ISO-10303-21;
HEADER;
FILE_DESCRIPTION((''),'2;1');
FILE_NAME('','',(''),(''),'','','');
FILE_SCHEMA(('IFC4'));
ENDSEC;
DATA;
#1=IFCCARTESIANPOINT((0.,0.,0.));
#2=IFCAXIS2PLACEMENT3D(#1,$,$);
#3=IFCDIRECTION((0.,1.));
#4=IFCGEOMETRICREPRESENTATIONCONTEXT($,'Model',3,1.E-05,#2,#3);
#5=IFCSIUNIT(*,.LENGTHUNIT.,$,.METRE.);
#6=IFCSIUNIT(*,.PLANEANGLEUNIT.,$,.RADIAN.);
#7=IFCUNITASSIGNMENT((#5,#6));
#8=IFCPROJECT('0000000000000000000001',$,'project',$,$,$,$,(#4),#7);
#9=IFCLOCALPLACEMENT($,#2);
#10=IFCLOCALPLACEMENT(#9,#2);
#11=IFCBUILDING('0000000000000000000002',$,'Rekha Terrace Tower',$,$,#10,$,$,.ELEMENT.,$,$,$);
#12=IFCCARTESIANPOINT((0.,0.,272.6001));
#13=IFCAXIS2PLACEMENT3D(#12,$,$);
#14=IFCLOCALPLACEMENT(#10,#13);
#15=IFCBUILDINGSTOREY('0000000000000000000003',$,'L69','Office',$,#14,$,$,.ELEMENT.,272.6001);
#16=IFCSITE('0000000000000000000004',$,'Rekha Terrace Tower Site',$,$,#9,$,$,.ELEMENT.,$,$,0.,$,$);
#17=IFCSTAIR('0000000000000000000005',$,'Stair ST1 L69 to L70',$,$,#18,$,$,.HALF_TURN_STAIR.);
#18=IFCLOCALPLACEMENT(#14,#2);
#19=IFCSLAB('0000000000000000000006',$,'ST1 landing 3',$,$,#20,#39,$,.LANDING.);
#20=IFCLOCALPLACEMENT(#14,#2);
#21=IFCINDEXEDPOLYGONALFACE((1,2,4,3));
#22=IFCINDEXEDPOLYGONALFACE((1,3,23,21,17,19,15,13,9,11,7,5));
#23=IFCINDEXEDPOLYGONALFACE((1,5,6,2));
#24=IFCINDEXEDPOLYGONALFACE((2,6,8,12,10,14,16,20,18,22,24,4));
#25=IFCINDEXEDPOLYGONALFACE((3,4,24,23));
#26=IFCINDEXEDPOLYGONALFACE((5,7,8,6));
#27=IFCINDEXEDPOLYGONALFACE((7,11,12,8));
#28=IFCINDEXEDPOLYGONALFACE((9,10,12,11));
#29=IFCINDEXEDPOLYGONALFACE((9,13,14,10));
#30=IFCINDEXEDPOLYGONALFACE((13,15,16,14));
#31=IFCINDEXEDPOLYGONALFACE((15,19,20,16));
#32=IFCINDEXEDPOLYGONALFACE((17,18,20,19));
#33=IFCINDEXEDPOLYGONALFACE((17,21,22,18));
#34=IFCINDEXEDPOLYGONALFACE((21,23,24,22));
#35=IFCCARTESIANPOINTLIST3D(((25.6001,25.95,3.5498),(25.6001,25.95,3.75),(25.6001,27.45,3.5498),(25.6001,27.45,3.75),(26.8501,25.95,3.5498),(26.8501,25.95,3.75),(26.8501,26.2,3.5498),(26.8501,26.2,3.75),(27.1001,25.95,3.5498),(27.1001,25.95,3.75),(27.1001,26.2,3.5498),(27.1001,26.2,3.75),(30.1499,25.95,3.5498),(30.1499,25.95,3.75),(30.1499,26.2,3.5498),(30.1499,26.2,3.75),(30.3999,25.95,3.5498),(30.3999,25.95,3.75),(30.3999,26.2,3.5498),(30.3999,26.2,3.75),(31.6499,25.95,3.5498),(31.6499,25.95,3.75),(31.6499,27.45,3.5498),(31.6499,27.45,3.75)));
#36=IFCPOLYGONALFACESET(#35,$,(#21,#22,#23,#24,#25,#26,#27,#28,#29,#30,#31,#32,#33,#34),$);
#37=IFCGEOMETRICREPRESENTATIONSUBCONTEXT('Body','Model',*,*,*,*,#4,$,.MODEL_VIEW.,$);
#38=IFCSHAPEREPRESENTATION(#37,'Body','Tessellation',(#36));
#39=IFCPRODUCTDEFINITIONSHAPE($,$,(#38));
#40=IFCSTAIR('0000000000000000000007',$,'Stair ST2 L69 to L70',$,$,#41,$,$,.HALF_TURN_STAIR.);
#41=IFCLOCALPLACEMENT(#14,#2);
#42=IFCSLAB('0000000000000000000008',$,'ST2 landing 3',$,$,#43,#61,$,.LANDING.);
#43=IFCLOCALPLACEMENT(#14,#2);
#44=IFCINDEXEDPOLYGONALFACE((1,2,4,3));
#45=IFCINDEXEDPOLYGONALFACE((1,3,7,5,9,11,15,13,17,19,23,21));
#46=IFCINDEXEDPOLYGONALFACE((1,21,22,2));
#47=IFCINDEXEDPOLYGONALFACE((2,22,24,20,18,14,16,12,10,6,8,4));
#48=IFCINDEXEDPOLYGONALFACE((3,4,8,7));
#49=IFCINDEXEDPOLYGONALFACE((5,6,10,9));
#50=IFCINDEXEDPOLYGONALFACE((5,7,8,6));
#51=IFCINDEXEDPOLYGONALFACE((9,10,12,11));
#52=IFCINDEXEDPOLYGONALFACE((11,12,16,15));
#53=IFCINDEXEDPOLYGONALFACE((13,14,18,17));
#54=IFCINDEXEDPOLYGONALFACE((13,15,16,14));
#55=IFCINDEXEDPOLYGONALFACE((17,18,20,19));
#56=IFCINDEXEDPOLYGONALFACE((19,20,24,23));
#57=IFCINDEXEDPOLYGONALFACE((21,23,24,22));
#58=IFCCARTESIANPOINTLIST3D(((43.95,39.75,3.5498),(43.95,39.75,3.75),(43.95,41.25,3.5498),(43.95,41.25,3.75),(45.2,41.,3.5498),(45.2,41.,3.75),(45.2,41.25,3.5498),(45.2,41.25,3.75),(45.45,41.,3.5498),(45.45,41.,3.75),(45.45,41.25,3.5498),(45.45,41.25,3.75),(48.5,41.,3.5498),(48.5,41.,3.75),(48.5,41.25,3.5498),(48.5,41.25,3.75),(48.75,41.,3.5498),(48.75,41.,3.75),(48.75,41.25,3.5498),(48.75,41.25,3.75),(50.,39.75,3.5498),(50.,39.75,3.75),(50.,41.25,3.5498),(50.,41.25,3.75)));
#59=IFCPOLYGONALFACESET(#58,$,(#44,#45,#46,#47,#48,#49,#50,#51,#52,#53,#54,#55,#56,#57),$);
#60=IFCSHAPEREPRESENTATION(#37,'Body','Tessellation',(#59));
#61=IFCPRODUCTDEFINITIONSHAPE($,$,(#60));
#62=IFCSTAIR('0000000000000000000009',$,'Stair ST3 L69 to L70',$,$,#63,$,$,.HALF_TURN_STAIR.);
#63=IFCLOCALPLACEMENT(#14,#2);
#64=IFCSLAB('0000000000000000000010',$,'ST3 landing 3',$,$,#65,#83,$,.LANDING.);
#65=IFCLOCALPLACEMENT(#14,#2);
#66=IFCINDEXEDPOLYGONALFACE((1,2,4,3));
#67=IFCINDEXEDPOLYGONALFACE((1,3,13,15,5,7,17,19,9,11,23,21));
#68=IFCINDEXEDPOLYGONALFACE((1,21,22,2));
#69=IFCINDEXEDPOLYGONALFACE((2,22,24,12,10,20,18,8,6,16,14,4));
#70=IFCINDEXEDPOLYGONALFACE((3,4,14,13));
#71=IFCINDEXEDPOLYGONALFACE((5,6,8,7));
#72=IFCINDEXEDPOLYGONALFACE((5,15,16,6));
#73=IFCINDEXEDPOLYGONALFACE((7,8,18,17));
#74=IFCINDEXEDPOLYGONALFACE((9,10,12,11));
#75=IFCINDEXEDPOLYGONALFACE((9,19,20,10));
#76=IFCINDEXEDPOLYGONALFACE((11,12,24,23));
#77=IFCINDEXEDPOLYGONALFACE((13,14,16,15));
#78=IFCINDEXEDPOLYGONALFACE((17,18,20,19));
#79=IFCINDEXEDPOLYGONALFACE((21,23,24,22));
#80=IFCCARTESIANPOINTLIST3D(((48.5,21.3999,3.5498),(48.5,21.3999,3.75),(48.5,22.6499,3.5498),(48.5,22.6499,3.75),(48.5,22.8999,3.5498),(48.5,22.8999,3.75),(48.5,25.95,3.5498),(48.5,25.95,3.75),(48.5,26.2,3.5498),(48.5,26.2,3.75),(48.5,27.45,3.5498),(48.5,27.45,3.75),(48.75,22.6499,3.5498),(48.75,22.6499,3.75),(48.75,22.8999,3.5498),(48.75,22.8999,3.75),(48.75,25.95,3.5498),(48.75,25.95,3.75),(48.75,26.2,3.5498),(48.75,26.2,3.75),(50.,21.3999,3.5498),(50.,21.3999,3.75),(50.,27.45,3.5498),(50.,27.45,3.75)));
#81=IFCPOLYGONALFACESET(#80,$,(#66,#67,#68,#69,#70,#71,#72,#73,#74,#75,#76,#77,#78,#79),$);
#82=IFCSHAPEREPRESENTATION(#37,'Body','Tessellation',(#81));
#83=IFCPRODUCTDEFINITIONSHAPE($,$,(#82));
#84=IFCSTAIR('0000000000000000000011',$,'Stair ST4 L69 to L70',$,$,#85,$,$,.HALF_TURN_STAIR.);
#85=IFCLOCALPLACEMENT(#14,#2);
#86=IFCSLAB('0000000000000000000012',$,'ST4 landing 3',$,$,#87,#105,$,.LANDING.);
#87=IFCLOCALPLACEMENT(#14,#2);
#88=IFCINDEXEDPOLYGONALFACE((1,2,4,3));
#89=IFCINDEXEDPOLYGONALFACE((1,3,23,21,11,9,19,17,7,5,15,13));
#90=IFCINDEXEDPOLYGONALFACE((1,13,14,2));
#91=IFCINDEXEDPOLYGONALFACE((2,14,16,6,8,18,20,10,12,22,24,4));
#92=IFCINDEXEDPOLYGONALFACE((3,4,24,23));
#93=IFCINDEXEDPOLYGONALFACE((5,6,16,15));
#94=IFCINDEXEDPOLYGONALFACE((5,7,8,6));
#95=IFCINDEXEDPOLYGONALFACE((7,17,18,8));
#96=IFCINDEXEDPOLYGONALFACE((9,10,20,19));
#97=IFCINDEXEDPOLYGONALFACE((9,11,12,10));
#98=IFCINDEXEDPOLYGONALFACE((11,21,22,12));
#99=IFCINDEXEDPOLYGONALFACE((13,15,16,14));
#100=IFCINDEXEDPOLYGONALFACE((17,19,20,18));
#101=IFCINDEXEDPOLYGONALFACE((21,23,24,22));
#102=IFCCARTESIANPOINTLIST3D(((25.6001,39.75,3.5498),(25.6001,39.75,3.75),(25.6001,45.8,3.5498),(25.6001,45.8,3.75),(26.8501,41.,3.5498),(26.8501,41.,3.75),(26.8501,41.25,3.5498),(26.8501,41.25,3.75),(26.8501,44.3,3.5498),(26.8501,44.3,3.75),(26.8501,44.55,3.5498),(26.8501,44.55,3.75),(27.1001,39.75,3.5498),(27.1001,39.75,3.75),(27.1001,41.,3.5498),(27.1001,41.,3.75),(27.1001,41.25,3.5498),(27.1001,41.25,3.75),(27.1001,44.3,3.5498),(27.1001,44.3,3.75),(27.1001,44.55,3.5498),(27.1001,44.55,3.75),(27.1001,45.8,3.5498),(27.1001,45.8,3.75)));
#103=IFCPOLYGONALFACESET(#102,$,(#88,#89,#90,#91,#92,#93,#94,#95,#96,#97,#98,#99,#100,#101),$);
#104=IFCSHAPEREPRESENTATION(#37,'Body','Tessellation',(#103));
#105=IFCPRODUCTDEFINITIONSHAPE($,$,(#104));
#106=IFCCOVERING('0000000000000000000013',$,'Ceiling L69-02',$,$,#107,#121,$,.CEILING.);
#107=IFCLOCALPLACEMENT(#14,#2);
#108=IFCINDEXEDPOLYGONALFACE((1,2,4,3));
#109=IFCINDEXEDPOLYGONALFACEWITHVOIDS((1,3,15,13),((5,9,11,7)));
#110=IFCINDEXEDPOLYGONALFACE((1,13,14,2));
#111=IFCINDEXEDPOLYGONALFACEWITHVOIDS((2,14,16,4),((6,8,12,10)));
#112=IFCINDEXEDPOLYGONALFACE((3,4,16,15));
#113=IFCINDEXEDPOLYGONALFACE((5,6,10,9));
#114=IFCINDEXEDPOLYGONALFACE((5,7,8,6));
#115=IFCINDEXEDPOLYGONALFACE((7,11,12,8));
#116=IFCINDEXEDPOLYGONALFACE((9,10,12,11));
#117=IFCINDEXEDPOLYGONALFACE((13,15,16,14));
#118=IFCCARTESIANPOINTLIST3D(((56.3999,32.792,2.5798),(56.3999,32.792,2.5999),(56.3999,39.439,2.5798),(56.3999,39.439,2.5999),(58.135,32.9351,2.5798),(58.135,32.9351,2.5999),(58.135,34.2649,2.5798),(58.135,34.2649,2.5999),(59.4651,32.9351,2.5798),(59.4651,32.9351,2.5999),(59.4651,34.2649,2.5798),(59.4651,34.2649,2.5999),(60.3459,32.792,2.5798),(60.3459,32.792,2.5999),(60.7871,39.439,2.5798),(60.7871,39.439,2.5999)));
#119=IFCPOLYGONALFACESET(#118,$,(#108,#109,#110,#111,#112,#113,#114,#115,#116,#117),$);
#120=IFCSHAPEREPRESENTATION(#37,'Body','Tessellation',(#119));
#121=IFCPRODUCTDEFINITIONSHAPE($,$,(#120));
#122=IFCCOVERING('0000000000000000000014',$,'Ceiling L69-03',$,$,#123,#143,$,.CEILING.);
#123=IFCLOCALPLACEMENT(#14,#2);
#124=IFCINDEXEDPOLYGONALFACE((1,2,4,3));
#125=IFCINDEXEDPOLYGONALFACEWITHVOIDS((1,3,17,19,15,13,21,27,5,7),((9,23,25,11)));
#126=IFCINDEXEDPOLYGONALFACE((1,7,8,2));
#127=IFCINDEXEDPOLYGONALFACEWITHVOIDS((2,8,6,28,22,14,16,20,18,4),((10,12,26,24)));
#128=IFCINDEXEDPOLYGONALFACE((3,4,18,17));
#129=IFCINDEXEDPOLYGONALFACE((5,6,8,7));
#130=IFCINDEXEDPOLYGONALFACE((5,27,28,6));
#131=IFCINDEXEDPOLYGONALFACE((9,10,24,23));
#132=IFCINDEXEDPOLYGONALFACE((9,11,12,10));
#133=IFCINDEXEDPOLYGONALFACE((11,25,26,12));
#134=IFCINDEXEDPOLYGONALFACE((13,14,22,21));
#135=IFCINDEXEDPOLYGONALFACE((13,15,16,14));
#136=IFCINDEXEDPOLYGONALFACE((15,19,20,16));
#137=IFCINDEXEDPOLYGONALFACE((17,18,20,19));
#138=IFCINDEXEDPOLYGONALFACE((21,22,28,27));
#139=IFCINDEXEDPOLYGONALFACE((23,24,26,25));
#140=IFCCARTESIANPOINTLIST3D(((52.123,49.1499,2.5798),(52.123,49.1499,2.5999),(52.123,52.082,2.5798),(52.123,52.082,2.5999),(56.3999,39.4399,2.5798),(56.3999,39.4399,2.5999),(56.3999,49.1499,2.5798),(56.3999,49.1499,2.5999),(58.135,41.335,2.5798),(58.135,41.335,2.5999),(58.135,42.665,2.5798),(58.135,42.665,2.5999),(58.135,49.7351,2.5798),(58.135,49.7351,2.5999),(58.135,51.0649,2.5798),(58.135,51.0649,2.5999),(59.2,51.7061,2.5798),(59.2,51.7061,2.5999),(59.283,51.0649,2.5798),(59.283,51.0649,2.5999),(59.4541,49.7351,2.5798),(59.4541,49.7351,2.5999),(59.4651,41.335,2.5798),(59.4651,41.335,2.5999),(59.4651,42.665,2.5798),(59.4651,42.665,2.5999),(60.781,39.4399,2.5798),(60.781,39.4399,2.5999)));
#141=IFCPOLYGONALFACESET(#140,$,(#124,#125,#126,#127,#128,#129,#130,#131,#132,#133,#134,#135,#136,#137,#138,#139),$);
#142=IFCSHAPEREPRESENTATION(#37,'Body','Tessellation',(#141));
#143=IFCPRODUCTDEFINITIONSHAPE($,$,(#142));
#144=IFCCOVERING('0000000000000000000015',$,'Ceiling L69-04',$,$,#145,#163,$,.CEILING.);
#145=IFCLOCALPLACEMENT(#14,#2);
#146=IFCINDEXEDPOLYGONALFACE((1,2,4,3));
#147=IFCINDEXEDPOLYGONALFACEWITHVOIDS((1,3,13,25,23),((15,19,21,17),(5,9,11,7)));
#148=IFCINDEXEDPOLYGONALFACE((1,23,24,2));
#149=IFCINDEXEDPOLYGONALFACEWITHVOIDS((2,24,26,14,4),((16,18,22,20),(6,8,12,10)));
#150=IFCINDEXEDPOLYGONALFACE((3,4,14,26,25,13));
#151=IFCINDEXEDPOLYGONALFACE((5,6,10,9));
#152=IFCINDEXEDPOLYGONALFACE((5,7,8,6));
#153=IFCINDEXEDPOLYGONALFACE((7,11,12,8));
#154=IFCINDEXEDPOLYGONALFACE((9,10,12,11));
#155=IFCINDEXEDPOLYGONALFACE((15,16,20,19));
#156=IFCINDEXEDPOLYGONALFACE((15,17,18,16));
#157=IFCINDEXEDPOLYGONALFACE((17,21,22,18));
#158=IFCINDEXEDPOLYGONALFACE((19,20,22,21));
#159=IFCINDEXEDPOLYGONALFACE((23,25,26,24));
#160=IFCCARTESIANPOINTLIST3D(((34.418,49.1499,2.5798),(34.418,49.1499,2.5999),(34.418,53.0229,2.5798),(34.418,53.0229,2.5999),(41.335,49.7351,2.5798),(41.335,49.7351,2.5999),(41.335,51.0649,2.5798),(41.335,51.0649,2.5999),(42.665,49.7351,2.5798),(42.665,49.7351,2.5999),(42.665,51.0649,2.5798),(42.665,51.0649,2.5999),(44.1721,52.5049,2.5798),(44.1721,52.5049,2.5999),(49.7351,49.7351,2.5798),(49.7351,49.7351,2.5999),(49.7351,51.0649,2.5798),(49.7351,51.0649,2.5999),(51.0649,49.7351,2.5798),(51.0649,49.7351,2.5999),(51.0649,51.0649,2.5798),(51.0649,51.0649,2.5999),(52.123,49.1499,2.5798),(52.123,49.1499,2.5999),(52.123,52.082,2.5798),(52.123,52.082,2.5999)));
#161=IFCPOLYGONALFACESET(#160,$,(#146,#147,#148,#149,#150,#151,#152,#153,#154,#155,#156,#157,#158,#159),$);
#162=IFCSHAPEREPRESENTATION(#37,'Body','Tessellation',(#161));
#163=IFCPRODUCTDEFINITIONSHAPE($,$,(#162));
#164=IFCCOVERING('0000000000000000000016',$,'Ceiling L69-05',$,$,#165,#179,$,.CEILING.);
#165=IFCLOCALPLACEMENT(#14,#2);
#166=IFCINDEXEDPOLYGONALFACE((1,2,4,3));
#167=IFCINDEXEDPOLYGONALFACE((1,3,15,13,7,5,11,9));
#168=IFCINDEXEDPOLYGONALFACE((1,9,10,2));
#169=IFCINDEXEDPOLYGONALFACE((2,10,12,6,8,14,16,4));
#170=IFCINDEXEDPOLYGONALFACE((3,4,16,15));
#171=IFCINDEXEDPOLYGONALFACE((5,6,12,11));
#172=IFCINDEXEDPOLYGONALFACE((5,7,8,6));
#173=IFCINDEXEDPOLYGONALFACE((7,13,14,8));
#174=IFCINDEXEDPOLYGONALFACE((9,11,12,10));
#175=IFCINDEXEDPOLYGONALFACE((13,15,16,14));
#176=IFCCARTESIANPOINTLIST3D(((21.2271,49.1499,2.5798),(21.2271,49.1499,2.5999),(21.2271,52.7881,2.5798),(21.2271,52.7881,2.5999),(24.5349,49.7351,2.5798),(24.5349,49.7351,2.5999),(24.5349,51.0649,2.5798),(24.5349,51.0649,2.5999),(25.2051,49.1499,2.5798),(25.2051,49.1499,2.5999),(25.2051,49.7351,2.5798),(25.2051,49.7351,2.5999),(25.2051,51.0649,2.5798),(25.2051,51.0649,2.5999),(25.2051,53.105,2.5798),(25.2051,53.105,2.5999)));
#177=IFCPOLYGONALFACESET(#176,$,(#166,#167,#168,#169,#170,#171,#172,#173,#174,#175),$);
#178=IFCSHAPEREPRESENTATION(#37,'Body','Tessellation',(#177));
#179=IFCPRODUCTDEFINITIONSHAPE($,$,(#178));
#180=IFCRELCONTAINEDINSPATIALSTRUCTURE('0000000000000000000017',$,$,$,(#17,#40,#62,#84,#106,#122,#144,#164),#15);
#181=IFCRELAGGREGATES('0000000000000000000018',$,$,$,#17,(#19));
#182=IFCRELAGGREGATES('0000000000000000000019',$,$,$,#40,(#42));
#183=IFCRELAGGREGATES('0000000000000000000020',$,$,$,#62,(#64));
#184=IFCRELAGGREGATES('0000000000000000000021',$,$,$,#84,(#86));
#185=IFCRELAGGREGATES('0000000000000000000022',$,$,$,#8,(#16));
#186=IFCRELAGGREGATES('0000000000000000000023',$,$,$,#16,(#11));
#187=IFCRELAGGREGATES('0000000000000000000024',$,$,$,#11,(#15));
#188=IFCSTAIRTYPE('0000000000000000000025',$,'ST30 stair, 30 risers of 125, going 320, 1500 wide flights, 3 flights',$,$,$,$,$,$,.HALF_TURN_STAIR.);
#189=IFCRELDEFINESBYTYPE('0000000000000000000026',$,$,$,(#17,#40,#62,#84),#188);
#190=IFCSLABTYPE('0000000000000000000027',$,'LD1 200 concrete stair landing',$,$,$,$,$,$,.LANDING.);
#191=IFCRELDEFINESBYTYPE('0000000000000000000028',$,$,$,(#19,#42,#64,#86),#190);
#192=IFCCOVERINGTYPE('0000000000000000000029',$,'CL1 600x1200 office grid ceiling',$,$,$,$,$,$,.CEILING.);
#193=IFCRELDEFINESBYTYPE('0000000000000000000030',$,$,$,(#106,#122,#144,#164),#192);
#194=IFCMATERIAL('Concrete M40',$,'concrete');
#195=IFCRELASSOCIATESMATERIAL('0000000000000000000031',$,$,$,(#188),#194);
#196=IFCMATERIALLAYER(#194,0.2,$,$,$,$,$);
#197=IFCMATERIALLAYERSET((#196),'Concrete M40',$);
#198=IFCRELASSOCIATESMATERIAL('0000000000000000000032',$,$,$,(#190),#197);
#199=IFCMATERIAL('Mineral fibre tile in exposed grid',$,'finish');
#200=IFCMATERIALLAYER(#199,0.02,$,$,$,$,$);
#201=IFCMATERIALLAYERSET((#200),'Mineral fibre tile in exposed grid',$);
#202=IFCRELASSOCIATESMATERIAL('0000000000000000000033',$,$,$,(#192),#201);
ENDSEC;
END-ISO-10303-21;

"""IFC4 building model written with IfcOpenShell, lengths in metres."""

from ifc_helpers import new_model, si_unit, direction, frame, origin, place, context, subcontext, project, spatial, polyline, outline, extrude, material, layer, layer_set, type_object, element, aggregate, save


model = new_model("IFC4")

# Units and contexts
model_context = context("Model", 3, precision=1e-05, world=origin(), true_north=direction((0.0, 1.0)))
body_context = subcontext(model_context, "Body", "Model", "MODEL_VIEW")
ifc_project = project(units=[si_unit("LENGTHUNIT", "METRE"), si_unit("PLANEANGLEUNIT", "RADIAN")], contexts=[model_context])

# Site, building, storey
site_placement = place(None, origin())
site = spatial("IfcSite", under=ifc_project, at=site_placement, Name="Rekha Terrace Tower Site", CompositionType="ELEMENT", RefElevation=0.0)
building_placement = place(site_placement, origin())
building = spatial("IfcBuilding", under=site, at=building_placement, Name="Rekha Terrace Tower", CompositionType="ELEMENT")
storey_placement = place(building_placement, frame((0.0, 0.0, 272.6001)))
storey = spatial("IfcBuildingStorey", under=building, at=storey_placement, Name="L69", Description="Office", CompositionType="ELEMENT", Elevation=272.6001)

# Stairs, slabs
ifc_material_1 = material(Name="Concrete M40", Category="concrete")
stair_type = type_object("IfcStairType", Name="ST30 stair, 30 risers of 125, going 320, 1500 wide flights, 3 flights", PredefinedType="HALF_TURN_STAIR", material=ifc_material_1)
stair_1_placement = place(storey_placement, origin())
stair_1 = element("IfcStair", 1, at=stair_1_placement, inside=storey, type_object=stair_type, Name="Stair ST1 L69 to L70", PredefinedType="HALF_TURN_STAIR")
ifc_layer_1 = layer(ifc_material_1, 0.2)
ifc_layer_set_1 = layer_set([ifc_layer_1], Name="Concrete M40")
slab_type = type_object("IfcSlabType", Name="LD1 200 concrete stair landing", PredefinedType="LANDING", material=ifc_layer_set_1)
slab_1_placement = place(storey_placement, frame((0.0, 0.0, 3.5498)))
slab_1 = element("IfcSlab", 2, at=slab_1_placement, type_object=slab_type, Name="ST1 landing 3", PredefinedType="LANDING", context=body_context, shape_type="SweptSolid", body=[
    extrude(outline(polyline([(31.6499, 25.95), (31.6499, 27.45), (25.6001, 27.45), (25.6001, 25.95), (26.8501, 25.95), (26.8501, 26.2), (27.1001, 26.2), (27.1001, 25.95), (30.1499, 25.95), (30.1499, 26.2), (30.3999, 26.2), (30.3999, 25.95), (31.6499, 25.95)])), origin(), (0.0, 0.0, 1.0), 0.2002),
])
aggregate(stair_1, [slab_1])
stair_2_placement = place(storey_placement, origin())
stair_2 = element("IfcStair", 3, at=stair_2_placement, inside=storey, type_object=stair_type, Name="Stair ST2 L69 to L70", PredefinedType="HALF_TURN_STAIR")
slab_2_placement = place(storey_placement, frame((0.0, 0.0, 3.5498)))
slab_2 = element("IfcSlab", 4, at=slab_2_placement, type_object=slab_type, Name="ST2 landing 3", PredefinedType="LANDING", context=body_context, shape_type="SweptSolid", body=[
    extrude(outline(polyline([(43.95, 41.25), (43.95, 39.75), (50.0, 39.75), (50.0, 41.25), (48.75, 41.25), (48.75, 41.0), (48.5, 41.0), (48.5, 41.25), (45.45, 41.25), (45.45, 41.0), (45.2, 41.0), (45.2, 41.25), (43.95, 41.25)])), origin(), (0.0, 0.0, 1.0), 0.2002),
])
aggregate(stair_2, [slab_2])
stair_3_placement = place(storey_placement, origin())
stair_3 = element("IfcStair", 5, at=stair_3_placement, inside=storey, type_object=stair_type, Name="Stair ST3 L69 to L70", PredefinedType="HALF_TURN_STAIR")
slab_3_placement = place(storey_placement, frame((0.0, 0.0, 3.5498)))
slab_3 = element("IfcSlab", 6, at=slab_3_placement, type_object=slab_type, Name="ST3 landing 3", PredefinedType="LANDING", context=body_context, shape_type="SweptSolid", body=[
    extrude(outline(polyline([(48.5, 21.3999), (50.0, 21.3999), (50.0, 27.45), (48.5, 27.45), (48.5, 26.2), (48.75, 26.2), (48.75, 25.95), (48.5, 25.95), (48.5, 22.8999), (48.75, 22.8999), (48.75, 22.6499), (48.5, 22.6499), (48.5, 21.3999)])), origin(), (0.0, 0.0, 1.0), 0.2002),
])
aggregate(stair_3, [slab_3])
stair_4_placement = place(storey_placement, origin())
stair_4 = element("IfcStair", 7, at=stair_4_placement, inside=storey, type_object=stair_type, Name="Stair ST4 L69 to L70", PredefinedType="HALF_TURN_STAIR")
slab_4_placement = place(storey_placement, frame((0.0, 0.0, 3.5498)))
slab_4 = element("IfcSlab", 8, at=slab_4_placement, type_object=slab_type, Name="ST4 landing 3", PredefinedType="LANDING", context=body_context, shape_type="SweptSolid", body=[
    extrude(outline(polyline([(27.1001, 39.75), (25.6001, 39.75), (25.6001, 45.8), (27.1001, 45.8), (27.1001, 44.55), (26.8501, 44.55), (26.8501, 44.3), (27.1001, 44.3), (27.1001, 41.25), (26.8501, 41.25), (26.8501, 41.0), (27.1001, 41.0), (27.1001, 39.75)])), origin(), (0.0, 0.0, 1.0), 0.2002),
])
aggregate(stair_4, [slab_4])

# Coverings
ifc_material_2 = material(Name="Mineral fibre tile in exposed grid", Category="finish")
ifc_layer_2 = layer(ifc_material_2, 0.02)
ifc_layer_set_2 = layer_set([ifc_layer_2], Name="Mineral fibre tile in exposed grid")
covering_type_1 = type_object("IfcCoveringType", Name="CL1 600x1200 office grid ceiling", PredefinedType="CEILING", material=ifc_layer_set_2)
covering_1_placement = place(storey_placement, frame((0.0, 0.0, 2.5798)))
element("IfcCovering", 9, at=covering_1_placement, inside=storey, type_object=covering_type_1, Name="Ceiling L69-02", PredefinedType="CEILING", context=body_context, shape_type="SweptSolid", body=[
    extrude(outline(polyline([(56.3999, 32.792), (60.3459, 32.792), (60.7871, 39.439), (56.3999, 39.439), (56.3999, 32.792)]), holes=[polyline([(59.4651, 34.2649), (59.4651, 32.9351), (58.135, 32.9351), (58.135, 34.2649), (59.4651, 34.2649)])]), origin(), (0.0, 0.0, 1.0), 0.02),
])
covering_2_placement = place(storey_placement, frame((0.0, 0.0, 2.5798)))
element("IfcCovering", 10, at=covering_2_placement, inside=storey, type_object=covering_type_1, Name="Ceiling L69-03", PredefinedType="CEILING", context=body_context, shape_type="SweptSolid", body=[
    extrude(outline(polyline([(59.2, 51.7061), (52.123, 52.082), (52.123, 49.1499), (56.3999, 49.1499), (56.3999, 39.4399), (60.781, 39.4399), (59.4541, 49.7351), (58.135, 49.7351), (58.135, 51.0649), (59.283, 51.0649), (59.2, 51.7061)]), holes=[polyline([(59.4651, 41.335), (58.135, 41.335), (58.135, 42.665), (59.4651, 42.665), (59.4651, 41.335)])]), origin(), (0.0, 0.0, 1.0), 0.02),
])
covering_3_placement = place(storey_placement, frame((0.0, 0.0, 2.5798)))
element("IfcCovering", 11, at=covering_3_placement, inside=storey, type_object=covering_type_1, Name="Ceiling L69-04", PredefinedType="CEILING", context=body_context, shape_type="SweptSolid", body=[
    extrude(outline(polyline([(52.123, 49.1499), (52.123, 52.082), (44.1721, 52.5049), (34.418, 53.0229), (34.418, 49.1499), (52.123, 49.1499)]), holes=[polyline([(51.0649, 51.0649), (51.0649, 49.7351), (49.7351, 49.7351), (49.7351, 51.0649), (51.0649, 51.0649)]), polyline([(42.665, 49.7351), (41.335, 49.7351), (41.335, 51.0649), (42.665, 51.0649), (42.665, 49.7351)])]), origin(), (0.0, 0.0, 1.0), 0.02),
])
covering_4_placement = place(storey_placement, frame((0.0, 0.0, 2.5798)))
element("IfcCovering", 12, at=covering_4_placement, inside=storey, type_object=covering_type_1, Name="Ceiling L69-05", PredefinedType="CEILING", context=body_context, shape_type="SweptSolid", body=[
    extrude(outline(polyline([(25.2051, 51.0649), (25.2051, 53.105), (21.2271, 52.7881), (21.2271, 49.1499), (25.2051, 49.1499), (25.2051, 49.7351), (24.5349, 49.7351), (24.5349, 51.0649), (25.2051, 51.0649)])), origin(), (0.0, 0.0, 1.0), 0.02),
])

save(model, "model.ifc")
